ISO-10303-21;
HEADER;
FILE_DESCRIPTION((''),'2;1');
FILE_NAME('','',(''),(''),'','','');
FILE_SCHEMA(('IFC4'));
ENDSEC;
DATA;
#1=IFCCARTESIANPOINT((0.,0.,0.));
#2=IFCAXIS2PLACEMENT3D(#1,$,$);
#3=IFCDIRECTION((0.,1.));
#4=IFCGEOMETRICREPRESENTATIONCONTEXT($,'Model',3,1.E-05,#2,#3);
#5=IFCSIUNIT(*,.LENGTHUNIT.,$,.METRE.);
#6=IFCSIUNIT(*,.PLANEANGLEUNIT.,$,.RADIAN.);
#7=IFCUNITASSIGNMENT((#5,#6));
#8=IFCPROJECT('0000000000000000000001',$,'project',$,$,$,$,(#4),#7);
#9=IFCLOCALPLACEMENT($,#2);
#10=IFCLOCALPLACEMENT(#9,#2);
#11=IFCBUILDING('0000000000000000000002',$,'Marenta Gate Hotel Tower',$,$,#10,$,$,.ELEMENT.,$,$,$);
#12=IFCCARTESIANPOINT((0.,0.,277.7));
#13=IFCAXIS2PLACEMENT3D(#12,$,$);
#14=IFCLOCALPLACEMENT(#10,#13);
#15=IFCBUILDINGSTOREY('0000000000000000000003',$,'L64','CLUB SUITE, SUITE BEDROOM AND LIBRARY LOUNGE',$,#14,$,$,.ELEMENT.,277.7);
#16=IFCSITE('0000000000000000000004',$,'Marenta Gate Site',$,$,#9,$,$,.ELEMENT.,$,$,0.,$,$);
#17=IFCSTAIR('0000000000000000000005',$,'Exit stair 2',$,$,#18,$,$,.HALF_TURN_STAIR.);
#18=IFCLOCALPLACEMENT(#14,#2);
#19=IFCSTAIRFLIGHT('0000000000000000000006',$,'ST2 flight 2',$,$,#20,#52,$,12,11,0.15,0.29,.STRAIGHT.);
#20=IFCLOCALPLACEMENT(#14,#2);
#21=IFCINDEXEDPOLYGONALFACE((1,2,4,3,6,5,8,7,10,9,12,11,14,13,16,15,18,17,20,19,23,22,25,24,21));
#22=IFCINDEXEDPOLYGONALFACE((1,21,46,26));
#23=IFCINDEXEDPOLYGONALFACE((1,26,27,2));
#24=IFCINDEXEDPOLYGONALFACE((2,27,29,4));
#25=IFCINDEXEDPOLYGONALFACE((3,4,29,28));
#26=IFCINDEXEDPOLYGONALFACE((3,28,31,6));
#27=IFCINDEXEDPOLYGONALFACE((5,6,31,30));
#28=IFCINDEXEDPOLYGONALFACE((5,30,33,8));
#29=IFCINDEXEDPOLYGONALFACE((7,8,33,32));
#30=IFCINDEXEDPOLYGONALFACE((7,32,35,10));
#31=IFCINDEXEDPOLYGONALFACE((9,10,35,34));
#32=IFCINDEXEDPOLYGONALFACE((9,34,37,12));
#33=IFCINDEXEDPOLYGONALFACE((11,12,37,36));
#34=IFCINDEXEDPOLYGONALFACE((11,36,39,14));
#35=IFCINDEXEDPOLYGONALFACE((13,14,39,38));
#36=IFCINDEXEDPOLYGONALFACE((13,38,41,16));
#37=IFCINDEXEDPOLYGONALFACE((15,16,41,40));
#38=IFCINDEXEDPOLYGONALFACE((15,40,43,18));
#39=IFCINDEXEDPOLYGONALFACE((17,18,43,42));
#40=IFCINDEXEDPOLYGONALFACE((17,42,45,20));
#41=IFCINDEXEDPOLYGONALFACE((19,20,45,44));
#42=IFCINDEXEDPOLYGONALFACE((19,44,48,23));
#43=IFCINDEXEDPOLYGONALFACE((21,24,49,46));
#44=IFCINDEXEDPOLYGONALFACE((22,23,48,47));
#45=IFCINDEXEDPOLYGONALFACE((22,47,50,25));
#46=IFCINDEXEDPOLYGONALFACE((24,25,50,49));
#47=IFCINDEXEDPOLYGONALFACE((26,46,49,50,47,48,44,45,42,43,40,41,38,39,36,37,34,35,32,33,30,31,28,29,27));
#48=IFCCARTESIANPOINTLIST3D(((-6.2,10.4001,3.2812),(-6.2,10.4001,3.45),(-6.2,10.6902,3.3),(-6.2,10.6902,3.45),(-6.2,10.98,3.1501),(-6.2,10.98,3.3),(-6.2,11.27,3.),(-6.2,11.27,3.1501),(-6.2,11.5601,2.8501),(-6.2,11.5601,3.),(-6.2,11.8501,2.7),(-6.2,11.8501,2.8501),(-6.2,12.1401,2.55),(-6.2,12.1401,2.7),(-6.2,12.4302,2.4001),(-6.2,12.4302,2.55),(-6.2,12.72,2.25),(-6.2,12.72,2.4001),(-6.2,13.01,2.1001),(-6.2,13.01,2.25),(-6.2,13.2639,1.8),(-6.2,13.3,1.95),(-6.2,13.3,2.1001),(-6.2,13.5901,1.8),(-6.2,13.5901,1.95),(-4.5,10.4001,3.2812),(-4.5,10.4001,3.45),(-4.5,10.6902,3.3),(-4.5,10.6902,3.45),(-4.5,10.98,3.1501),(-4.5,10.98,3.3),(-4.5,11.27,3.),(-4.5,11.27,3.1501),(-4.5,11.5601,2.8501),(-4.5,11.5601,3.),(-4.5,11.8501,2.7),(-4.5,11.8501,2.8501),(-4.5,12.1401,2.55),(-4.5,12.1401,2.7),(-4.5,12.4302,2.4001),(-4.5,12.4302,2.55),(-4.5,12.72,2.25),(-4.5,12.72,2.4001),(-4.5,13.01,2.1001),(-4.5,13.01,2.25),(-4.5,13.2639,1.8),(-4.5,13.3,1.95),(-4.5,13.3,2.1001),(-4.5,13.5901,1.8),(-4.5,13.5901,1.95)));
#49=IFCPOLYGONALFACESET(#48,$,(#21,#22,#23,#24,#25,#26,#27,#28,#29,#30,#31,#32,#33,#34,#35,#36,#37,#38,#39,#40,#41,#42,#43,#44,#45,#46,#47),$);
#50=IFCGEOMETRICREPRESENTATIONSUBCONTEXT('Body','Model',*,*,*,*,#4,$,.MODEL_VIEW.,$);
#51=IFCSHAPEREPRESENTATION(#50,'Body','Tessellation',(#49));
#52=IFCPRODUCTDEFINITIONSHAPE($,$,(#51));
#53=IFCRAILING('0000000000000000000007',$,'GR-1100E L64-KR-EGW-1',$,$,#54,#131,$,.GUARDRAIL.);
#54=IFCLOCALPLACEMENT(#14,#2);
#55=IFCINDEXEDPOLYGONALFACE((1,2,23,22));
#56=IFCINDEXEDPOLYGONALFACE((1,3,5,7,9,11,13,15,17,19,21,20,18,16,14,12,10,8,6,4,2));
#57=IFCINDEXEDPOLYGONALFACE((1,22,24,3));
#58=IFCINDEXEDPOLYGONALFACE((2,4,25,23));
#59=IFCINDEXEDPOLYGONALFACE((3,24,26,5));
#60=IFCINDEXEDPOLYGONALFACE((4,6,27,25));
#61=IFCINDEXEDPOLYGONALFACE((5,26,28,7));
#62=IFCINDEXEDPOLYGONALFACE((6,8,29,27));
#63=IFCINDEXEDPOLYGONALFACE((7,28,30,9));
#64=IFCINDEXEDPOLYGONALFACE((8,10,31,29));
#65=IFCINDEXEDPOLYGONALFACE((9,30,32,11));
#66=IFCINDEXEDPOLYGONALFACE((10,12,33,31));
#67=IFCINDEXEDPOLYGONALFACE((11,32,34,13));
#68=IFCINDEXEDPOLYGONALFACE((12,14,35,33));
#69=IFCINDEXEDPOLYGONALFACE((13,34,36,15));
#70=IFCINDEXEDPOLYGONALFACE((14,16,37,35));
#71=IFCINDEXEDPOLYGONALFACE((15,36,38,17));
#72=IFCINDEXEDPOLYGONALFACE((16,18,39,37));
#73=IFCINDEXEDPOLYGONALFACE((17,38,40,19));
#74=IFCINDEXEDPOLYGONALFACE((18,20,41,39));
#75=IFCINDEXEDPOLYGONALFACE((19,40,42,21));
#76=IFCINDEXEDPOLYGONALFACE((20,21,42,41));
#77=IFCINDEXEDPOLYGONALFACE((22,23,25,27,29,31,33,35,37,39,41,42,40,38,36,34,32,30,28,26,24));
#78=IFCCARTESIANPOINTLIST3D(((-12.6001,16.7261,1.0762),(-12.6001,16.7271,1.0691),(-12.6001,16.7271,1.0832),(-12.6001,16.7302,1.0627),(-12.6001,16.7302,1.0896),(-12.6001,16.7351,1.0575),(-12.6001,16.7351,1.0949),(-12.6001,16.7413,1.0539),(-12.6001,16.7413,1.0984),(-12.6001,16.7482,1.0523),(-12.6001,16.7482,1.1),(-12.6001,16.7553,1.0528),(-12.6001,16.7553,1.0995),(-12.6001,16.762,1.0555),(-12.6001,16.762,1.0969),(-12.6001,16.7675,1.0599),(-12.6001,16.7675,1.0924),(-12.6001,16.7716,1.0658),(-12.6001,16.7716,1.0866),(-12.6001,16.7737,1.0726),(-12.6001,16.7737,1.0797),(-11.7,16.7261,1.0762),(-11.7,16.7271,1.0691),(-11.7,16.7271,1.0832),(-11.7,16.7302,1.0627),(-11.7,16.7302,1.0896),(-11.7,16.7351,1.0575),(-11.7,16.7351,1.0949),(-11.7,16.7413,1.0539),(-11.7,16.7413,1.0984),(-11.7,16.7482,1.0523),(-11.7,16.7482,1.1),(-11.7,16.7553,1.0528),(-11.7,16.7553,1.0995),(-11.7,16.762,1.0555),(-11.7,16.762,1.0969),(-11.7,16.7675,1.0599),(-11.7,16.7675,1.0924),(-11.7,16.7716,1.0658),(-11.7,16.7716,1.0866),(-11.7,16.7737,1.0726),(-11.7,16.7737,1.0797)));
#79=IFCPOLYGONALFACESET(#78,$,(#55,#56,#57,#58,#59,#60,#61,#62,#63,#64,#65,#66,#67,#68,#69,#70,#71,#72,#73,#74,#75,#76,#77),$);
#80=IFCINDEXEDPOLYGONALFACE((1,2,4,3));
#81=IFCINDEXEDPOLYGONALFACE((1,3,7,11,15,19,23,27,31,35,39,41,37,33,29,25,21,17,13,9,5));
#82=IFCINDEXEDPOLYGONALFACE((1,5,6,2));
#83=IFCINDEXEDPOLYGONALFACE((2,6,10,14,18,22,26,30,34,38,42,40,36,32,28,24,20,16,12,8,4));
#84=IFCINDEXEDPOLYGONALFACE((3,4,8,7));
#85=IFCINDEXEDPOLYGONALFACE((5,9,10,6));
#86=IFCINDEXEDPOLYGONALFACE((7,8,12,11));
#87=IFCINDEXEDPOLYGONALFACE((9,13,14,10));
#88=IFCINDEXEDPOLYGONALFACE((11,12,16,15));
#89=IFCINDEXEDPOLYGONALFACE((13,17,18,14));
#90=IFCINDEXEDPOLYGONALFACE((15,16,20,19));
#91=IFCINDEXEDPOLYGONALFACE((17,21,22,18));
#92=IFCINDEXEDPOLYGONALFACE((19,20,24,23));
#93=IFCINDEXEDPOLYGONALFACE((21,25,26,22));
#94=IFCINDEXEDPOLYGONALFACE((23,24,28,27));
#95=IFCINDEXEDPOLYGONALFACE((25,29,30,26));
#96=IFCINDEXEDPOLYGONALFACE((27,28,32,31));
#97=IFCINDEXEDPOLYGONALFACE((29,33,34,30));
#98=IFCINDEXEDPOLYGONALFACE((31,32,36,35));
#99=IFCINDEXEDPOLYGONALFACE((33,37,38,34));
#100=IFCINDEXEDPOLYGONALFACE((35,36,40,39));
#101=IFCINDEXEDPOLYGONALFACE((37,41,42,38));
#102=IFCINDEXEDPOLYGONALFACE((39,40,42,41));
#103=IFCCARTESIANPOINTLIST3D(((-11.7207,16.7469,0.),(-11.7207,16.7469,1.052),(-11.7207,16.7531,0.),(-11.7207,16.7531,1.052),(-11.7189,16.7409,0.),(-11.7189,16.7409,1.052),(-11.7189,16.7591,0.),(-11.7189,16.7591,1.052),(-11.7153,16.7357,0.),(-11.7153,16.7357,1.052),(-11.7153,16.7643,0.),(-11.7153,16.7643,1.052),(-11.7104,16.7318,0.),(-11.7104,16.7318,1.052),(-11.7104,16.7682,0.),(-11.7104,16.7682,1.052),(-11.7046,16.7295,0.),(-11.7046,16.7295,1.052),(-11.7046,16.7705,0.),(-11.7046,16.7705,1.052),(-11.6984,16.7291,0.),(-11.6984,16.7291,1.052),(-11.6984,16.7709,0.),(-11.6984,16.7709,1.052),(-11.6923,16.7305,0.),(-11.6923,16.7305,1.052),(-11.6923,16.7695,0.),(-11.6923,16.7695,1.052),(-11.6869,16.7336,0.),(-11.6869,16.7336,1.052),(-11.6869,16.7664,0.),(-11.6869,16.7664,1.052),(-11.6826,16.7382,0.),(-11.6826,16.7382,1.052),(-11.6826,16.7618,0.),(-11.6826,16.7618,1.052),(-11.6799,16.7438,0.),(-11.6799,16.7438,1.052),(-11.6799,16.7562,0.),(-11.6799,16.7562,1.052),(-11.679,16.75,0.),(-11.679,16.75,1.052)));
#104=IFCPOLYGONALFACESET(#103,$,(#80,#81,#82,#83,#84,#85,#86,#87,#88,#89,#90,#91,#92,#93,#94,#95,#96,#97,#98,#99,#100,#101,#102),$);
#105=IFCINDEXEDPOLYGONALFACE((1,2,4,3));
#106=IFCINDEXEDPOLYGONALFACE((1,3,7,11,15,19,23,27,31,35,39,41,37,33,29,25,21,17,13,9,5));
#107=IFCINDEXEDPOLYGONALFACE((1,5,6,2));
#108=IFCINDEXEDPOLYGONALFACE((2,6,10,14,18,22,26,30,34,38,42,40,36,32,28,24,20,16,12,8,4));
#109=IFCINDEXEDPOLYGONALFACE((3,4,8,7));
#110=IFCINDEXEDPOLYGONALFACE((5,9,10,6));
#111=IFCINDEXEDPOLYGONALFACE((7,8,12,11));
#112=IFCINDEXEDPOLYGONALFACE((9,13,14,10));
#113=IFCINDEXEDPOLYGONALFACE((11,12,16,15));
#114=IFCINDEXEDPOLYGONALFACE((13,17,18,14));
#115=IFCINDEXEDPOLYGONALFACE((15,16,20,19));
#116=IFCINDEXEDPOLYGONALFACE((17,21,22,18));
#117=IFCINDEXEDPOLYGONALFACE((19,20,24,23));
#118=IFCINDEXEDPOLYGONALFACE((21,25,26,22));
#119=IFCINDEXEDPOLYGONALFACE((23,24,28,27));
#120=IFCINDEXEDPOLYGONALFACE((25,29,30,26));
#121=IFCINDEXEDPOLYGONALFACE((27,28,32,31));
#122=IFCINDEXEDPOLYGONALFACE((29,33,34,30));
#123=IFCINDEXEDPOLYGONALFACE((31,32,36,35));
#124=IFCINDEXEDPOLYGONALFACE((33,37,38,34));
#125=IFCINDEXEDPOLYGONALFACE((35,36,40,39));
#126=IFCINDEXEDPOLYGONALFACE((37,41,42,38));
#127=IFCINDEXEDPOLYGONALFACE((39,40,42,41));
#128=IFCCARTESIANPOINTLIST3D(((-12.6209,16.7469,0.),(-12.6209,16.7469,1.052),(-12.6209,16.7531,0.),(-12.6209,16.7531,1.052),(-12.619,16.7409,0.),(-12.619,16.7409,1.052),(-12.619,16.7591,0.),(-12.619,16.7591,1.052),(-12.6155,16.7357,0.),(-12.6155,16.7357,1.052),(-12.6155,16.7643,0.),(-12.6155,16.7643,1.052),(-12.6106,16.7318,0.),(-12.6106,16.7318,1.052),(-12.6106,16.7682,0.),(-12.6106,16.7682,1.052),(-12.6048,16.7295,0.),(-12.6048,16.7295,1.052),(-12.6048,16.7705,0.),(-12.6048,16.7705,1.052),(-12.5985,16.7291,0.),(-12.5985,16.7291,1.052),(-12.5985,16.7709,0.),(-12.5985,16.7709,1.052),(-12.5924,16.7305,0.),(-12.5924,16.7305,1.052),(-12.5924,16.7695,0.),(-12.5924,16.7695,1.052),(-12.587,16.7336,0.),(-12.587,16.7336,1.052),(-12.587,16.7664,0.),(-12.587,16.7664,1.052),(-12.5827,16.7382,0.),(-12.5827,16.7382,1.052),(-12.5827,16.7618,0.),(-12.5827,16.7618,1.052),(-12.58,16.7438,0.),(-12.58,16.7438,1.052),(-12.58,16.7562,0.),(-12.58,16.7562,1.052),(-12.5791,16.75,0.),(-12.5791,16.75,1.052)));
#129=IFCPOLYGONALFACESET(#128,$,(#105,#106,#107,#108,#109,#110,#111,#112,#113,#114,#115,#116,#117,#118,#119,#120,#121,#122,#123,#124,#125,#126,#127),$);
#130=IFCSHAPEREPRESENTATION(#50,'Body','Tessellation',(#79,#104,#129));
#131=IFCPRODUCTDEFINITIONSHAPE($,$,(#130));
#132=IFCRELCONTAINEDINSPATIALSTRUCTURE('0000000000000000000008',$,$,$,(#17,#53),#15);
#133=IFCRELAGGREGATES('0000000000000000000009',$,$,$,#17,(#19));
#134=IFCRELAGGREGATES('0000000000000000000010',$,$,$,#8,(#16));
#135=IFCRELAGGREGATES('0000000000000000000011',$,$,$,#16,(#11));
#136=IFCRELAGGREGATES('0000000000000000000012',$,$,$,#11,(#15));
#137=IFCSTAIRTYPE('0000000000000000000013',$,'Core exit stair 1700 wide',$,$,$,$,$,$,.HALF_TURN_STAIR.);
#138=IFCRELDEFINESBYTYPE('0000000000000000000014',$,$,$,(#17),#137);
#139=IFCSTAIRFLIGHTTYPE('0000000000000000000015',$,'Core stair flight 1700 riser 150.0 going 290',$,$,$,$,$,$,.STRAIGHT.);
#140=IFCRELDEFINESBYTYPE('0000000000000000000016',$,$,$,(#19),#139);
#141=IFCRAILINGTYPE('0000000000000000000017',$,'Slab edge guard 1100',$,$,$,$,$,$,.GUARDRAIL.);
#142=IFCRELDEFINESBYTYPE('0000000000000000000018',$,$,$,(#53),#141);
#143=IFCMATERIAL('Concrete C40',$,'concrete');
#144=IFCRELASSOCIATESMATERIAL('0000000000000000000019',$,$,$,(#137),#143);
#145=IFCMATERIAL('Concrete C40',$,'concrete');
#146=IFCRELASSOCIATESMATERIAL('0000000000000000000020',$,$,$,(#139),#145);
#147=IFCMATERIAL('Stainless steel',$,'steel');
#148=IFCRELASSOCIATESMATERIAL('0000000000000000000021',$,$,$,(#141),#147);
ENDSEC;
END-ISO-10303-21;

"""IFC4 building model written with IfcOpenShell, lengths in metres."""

from ifc_helpers import new_model, si_unit, direction, frame, origin, origin_2d, place, context, subcontext, project, spatial, polyline, circle, outline, extrude, material, type_object, element, aggregate, save


model = new_model("IFC4")

# Units and contexts
model_context = context("Model", 3, precision=1e-05, world=origin(), true_north=direction((0.0, 1.0)))
body_context = subcontext(model_context, "Body", "Model", "MODEL_VIEW")
ifc_project = project(units=[si_unit("LENGTHUNIT", "METRE"), si_unit("PLANEANGLEUNIT", "RADIAN")], contexts=[model_context])

# Site, building, storey
site_placement = place(None, origin())
site = spatial("IfcSite", under=ifc_project, at=site_placement, Name="Marenta Gate Site", CompositionType="ELEMENT", RefElevation=0.0)
building_placement = place(site_placement, origin())
building = spatial("IfcBuilding", under=site, at=building_placement, Name="Marenta Gate Hotel Tower", CompositionType="ELEMENT")
storey_placement = place(building_placement, frame((0.0, 0.0, 277.7)))
storey = spatial("IfcBuildingStorey", under=building, at=storey_placement, Name="L64", Description="CLUB SUITE, SUITE BEDROOM AND LIBRARY LOUNGE", CompositionType="ELEMENT", Elevation=277.7)

# Stair, stair flight
ifc_material_1 = material(Name="Concrete C40", Category="concrete")
stair_type = type_object("IfcStairType", Name="Core exit stair 1700 wide", PredefinedType="HALF_TURN_STAIR", material=ifc_material_1)
stair_placement = place(storey_placement, origin())
stair = element("IfcStair", 1, at=stair_placement, inside=storey, type_object=stair_type, Name="Exit stair 2", PredefinedType="HALF_TURN_STAIR")
ifc_material_2 = material(Name="Concrete C40", Category="concrete")
stair_flight_type = type_object("IfcStairFlightType", Name="Core stair flight 1700 riser 150.0 going 290", PredefinedType="STRAIGHT", material=ifc_material_2)
stair_flight_1_placement = place(storey_placement, frame((-5.3501, 13.5901, 1.8), z_axis=(0.0, 0.0, 1.0), x_axis=(0.0, -1.0, 0.0)))
stair_flight_1 = element("IfcStairFlight", 2, at=stair_flight_1_placement, type_object=stair_flight_type, Name="ST2 flight 2", NumberOfRisers=12, NumberOfTreads=11, PredefinedType="STRAIGHT", RiserHeight=0.15, TreadLength=0.29, context=body_context, shape_type="SweptSolid", body=[
    extrude(outline(polyline([(0.0, 0.0), (0.0, 0.1499), (0.29, 0.1499), (0.29, 0.3), (0.5801, 0.3), (0.5801, 0.45), (0.8701, 0.45), (0.8701, 0.6001), (1.1599, 0.6001), (1.1599, 0.75), (1.45, 0.75), (1.45, 0.8999), (1.74, 0.8999), (1.74, 1.05), (2.03, 1.05), (2.03, 1.2), (2.3201, 1.2), (2.3201, 1.3501), (2.6101, 1.3501), (2.6101, 1.5), (2.8999, 1.5), (2.8999, 1.6499), (3.1899, 1.6499), (3.1899, 1.8), (3.1899, 1.4812), (0.3262, 0.0), (0.0, 0.0)])), frame((0.0, 0.8501, 0.0), z_axis=(0.0, -1.0, 0.0), x_axis=(1.0, 0.0, 0.0)), (0.0, 0.0, 1.0), 1.7),
])
aggregate(stair, [stair_flight_1])

# Railing
ifc_material_3 = material(Name="Stainless steel", Category="steel")
railing_type_1 = type_object("IfcRailingType", Name="Slab edge guard 1100", PredefinedType="GUARDRAIL", material=ifc_material_3)
railing_1_placement = place(storey_placement, frame((-11.7, 16.75, 0.0)))
element("IfcRailing", 3, at=railing_1_placement, inside=storey, type_object=railing_type_1, Name="GR-1100E L64-KR-EGW-1", PredefinedType="GUARDRAIL", context=body_context, shape_type="SweptSolid", body=[
    extrude(circle(Radius=0.0239, at=origin_2d()), frame((0.0, 0.0, 1.0762), z_axis=(-1.0, 0.0, 0.0), x_axis=(0.0, -1.0, 0.0)), (0.0, 0.0, 1.0), 0.9001),
    extrude(circle(Radius=0.021, at=origin_2d()), origin(), (0.0, 0.0, 1.0), 1.052),
    extrude(circle(Radius=0.021, at=origin_2d()), frame((-0.9001, 0.0, 0.0)), (0.0, 0.0, 1.0), 1.052),
])

save(model, "model.ifc")
